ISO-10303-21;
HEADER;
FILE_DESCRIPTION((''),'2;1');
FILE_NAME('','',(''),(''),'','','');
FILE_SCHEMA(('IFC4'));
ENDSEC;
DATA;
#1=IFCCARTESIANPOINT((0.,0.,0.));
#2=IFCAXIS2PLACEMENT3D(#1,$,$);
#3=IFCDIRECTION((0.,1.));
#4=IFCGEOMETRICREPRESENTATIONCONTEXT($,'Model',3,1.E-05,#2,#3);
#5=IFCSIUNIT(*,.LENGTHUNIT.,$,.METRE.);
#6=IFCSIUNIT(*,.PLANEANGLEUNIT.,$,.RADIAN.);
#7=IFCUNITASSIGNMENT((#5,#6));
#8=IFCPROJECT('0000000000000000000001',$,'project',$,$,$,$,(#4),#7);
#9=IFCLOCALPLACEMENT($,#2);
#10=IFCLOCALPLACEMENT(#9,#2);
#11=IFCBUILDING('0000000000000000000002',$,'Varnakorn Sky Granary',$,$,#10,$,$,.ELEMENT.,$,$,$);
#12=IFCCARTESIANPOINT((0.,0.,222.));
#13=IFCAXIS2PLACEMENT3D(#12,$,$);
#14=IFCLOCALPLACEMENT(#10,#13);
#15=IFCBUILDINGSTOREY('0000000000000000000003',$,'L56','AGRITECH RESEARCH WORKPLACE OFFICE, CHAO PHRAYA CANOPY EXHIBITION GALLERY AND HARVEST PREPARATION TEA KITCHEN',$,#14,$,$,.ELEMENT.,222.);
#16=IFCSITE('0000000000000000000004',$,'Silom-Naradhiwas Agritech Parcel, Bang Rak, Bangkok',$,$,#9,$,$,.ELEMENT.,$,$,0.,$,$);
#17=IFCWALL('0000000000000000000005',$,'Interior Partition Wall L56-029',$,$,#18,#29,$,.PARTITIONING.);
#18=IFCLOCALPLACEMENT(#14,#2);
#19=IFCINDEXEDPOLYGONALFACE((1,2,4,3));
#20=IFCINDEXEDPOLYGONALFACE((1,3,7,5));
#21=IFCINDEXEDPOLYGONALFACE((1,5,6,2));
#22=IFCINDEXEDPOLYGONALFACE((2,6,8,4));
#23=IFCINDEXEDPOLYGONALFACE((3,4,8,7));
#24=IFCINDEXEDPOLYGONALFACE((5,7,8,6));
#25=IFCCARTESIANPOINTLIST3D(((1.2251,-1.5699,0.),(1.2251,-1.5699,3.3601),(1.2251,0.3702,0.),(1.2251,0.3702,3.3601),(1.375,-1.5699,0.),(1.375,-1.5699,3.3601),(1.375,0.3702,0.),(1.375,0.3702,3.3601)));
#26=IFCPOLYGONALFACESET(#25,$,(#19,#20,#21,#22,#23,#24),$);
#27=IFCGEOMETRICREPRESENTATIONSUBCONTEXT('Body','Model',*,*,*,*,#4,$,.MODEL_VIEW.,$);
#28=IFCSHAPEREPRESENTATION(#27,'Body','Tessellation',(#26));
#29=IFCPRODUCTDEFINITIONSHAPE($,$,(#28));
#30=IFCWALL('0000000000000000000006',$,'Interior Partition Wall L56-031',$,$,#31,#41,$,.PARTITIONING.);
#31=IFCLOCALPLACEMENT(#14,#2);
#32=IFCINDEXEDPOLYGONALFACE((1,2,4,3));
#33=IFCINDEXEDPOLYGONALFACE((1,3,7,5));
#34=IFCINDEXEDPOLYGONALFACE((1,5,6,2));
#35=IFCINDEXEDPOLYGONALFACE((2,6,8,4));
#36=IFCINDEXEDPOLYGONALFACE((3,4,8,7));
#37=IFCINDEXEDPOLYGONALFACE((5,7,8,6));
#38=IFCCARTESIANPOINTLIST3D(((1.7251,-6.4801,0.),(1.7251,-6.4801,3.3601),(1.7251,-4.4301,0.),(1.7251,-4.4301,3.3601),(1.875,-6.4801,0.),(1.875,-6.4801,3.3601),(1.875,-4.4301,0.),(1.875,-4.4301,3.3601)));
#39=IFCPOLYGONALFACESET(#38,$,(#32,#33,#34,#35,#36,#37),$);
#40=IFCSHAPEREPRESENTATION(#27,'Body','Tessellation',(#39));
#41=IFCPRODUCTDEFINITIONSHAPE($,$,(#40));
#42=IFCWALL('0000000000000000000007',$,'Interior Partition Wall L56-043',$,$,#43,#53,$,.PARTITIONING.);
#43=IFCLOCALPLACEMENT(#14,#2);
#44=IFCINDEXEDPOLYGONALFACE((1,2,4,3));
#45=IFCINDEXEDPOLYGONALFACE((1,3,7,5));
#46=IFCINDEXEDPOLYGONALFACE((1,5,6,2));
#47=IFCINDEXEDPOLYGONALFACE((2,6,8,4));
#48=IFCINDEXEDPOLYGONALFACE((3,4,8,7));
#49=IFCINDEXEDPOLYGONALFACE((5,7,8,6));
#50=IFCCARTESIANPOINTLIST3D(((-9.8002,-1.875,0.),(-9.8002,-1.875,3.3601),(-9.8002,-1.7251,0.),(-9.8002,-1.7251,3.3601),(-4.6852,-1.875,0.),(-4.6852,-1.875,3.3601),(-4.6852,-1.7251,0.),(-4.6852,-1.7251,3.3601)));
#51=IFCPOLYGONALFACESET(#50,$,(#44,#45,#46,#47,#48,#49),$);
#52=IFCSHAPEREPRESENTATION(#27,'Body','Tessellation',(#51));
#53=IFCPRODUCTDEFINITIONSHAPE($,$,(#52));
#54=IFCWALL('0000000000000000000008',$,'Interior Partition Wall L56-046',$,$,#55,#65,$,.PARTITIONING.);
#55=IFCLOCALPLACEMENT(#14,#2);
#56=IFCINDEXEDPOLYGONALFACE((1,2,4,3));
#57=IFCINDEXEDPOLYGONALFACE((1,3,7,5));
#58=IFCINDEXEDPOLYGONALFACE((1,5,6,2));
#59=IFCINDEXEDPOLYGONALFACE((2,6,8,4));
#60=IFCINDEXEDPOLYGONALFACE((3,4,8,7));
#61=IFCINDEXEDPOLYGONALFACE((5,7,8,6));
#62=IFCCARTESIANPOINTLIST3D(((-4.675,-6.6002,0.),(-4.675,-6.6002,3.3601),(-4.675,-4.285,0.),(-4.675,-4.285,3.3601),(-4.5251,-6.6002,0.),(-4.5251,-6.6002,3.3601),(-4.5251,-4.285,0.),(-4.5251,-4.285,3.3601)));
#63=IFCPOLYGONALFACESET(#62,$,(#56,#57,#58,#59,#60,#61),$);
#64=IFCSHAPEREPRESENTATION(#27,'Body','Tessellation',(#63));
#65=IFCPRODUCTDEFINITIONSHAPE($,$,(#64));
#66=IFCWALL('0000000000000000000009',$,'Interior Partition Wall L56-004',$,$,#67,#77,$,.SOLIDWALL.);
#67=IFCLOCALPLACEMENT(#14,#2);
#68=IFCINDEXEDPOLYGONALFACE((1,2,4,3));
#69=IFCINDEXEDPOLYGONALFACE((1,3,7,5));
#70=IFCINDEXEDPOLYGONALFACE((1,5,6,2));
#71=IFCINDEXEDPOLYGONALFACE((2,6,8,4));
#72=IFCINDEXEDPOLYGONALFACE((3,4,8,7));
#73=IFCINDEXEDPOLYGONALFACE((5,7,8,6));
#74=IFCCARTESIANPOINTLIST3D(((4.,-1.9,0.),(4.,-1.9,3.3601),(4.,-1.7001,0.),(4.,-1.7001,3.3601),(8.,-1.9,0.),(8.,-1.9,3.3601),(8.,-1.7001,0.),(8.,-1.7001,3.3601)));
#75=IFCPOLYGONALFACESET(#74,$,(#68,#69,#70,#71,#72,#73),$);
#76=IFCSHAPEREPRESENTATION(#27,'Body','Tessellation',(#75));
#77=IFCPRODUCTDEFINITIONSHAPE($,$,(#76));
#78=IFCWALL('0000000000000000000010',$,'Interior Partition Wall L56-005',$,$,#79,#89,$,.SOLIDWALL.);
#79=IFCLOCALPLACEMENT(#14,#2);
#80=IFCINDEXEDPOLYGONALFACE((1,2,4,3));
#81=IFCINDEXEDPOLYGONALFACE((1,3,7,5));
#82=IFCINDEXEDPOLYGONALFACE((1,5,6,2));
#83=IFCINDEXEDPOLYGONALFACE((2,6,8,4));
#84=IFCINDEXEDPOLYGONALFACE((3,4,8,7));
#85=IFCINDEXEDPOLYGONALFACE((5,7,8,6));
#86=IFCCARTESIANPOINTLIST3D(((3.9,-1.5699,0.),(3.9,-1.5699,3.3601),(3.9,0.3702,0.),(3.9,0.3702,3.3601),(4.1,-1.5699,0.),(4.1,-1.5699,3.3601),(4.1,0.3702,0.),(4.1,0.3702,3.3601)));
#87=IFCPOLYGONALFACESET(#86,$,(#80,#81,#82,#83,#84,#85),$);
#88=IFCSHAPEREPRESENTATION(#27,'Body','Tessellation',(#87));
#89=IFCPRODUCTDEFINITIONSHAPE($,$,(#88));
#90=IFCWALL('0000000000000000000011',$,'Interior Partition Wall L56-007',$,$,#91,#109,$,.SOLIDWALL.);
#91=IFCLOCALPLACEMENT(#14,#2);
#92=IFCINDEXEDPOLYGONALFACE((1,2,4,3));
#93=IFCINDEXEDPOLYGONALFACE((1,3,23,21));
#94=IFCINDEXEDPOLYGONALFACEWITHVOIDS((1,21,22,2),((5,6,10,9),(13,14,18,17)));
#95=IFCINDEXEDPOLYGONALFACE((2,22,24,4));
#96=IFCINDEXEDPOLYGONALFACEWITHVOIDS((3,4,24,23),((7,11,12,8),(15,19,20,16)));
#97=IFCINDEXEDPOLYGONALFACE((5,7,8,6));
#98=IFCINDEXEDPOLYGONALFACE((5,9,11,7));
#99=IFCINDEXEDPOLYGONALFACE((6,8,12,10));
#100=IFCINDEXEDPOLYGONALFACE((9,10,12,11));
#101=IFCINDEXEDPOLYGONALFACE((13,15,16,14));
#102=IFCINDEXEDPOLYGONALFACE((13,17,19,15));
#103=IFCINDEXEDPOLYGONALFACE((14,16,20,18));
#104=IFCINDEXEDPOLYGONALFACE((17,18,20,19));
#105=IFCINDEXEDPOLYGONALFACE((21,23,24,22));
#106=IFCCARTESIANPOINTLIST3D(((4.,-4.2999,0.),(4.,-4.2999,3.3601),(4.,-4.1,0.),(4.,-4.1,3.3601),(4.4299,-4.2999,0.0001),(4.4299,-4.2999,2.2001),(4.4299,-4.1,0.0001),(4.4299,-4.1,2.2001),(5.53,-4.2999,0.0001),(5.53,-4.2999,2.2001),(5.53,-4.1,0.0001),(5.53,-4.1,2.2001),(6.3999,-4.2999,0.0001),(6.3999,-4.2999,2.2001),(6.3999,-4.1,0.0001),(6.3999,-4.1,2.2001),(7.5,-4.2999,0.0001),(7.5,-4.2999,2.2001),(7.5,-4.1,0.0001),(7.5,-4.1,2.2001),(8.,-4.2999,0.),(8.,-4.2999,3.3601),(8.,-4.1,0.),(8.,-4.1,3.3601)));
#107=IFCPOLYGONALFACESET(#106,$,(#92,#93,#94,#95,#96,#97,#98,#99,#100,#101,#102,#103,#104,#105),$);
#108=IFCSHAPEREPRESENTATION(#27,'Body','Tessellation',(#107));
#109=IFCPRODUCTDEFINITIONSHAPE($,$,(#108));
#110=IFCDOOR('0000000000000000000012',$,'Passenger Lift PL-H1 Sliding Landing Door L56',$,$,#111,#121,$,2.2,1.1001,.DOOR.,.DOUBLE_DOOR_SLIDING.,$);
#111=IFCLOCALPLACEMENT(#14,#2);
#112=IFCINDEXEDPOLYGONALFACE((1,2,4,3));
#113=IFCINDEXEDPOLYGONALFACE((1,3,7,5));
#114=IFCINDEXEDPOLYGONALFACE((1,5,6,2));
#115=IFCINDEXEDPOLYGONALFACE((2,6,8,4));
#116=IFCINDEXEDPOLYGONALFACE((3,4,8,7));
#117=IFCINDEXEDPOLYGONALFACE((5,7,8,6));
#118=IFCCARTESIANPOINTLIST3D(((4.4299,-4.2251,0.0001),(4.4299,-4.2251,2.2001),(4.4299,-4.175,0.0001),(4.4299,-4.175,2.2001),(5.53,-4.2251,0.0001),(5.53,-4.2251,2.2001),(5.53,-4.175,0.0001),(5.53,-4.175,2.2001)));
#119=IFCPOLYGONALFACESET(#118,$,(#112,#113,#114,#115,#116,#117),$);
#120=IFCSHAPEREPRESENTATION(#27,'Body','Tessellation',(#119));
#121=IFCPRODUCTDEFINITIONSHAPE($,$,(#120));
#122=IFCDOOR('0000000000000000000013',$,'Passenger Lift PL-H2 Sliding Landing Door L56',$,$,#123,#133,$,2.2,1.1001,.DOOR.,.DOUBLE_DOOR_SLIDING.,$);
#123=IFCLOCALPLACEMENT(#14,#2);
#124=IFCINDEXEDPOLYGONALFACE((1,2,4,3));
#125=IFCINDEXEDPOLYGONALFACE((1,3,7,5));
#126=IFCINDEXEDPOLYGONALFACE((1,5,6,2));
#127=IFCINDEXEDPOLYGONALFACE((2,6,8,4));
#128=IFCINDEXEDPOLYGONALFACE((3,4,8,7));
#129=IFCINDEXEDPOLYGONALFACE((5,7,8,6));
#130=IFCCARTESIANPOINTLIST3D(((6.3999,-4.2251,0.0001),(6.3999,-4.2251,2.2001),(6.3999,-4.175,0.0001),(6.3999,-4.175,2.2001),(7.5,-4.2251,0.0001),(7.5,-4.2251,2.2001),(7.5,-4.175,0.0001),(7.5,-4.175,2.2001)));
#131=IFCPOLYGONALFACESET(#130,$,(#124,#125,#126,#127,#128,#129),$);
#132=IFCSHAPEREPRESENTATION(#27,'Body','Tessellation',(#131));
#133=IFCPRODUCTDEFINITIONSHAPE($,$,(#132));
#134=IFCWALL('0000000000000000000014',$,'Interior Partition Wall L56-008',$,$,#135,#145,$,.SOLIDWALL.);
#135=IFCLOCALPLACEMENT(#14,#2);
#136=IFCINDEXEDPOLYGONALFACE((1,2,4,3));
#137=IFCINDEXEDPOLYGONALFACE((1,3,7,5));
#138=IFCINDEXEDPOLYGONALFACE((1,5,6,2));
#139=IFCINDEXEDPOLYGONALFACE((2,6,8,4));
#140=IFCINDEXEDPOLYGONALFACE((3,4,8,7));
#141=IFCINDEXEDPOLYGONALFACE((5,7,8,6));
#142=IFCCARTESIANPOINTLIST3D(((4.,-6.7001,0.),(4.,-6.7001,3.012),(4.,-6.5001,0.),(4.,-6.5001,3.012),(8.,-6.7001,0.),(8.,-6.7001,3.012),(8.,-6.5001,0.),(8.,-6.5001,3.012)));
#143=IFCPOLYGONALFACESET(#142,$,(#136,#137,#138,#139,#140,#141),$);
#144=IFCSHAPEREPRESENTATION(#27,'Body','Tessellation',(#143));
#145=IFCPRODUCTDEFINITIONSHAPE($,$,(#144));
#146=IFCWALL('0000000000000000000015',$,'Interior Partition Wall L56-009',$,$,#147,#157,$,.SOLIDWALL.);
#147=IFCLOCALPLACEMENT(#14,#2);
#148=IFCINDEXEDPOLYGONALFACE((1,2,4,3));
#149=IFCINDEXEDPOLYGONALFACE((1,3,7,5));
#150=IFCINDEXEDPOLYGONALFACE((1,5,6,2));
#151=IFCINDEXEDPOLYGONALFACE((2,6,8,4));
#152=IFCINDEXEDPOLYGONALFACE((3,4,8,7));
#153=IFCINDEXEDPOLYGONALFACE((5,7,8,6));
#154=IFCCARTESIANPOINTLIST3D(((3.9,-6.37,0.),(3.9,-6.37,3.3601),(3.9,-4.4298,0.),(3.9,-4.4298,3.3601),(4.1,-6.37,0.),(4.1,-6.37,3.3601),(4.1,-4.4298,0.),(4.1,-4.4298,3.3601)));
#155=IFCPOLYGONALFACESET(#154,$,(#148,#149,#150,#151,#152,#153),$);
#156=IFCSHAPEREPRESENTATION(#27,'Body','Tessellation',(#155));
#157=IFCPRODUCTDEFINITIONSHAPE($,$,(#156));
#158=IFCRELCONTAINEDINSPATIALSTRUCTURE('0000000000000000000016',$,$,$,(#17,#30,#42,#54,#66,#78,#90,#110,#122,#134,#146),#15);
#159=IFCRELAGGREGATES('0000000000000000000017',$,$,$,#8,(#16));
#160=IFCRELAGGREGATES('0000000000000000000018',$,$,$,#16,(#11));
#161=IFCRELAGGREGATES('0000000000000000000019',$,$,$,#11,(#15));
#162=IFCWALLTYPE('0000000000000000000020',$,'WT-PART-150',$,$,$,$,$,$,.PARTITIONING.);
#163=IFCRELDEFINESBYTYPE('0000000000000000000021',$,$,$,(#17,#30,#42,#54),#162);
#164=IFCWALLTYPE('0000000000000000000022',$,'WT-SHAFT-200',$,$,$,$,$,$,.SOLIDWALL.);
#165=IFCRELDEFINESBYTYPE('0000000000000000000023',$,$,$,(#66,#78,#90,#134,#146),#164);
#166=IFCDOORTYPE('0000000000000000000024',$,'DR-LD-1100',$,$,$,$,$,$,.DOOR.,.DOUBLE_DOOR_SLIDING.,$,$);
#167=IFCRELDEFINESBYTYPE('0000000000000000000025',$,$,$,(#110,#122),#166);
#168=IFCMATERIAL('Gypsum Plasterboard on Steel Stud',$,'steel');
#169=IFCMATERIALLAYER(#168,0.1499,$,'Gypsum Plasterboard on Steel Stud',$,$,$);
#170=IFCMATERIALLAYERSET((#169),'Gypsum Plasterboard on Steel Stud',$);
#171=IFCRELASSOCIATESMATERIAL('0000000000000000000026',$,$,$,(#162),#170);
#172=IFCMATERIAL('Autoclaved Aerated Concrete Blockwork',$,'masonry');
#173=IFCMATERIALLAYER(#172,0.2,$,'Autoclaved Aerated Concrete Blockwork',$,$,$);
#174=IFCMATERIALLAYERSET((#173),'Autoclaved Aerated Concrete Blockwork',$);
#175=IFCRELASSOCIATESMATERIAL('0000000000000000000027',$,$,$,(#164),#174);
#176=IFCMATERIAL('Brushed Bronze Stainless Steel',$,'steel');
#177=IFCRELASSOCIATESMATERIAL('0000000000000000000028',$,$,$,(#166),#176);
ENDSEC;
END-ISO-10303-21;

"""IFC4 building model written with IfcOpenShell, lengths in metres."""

from ifc_helpers import new_model, si_unit, direction, frame, frame_2d, origin, place, context, subcontext, project, spatial, rectangle, extrude, material, layer, layer_set, type_object, element, fill, save


model = new_model("IFC4")

# Units and contexts
model_context = context("Model", 3, precision=1e-05, world=origin(), true_north=direction((0.0, 1.0)))
body_context = subcontext(model_context, "Body", "Model", "MODEL_VIEW")
ifc_project = project(units=[si_unit("LENGTHUNIT", "METRE"), si_unit("PLANEANGLEUNIT", "RADIAN")], contexts=[model_context])

# Site, building, storey
site_placement = place(None, origin())
site = spatial("IfcSite", under=ifc_project, at=site_placement, Name="Silom-Naradhiwas Agritech Parcel, Bang Rak, Bangkok", CompositionType="ELEMENT", RefElevation=0.0)
building_placement = place(site_placement, origin())
building = spatial("IfcBuilding", under=site, at=building_placement, Name="Varnakorn Sky Granary", CompositionType="ELEMENT")
storey_placement = place(building_placement, frame((0.0, 0.0, 222.0)))
storey = spatial("IfcBuildingStorey", under=building, at=storey_placement, Name="L56", Description="AGRITECH RESEARCH WORKPLACE OFFICE, CHAO PHRAYA CANOPY EXHIBITION GALLERY AND HARVEST PREPARATION TEA KITCHEN", CompositionType="ELEMENT", Elevation=222.0)

# Shared definitions
ifc_material_1 = material(Name="Autoclaved Aerated Concrete Blockwork", Category="masonry")

# Walls
ifc_material_2 = material(Name="Gypsum Plasterboard on Steel Stud", Category="steel")
ifc_layer_1 = layer(ifc_material_2, 0.1499, Name="Gypsum Plasterboard on Steel Stud")
ifc_layer_set_1 = layer_set([ifc_layer_1], Name="Gypsum Plasterboard on Steel Stud")
wall_type_1 = type_object("IfcWallType", Name="WT-PART-150", PredefinedType="PARTITIONING", material=ifc_layer_set_1)
wall_1_placement = place(storey_placement, frame((1.3, -1.5701, 0.0), z_axis=(0.0, 0.0, 1.0), x_axis=(0.0, 1.0, 0.0)))
element("IfcWall", 1, at=wall_1_placement, inside=storey, type_object=wall_type_1, Name="Interior Partition Wall L56-029", PredefinedType="PARTITIONING", context=body_context, shape_type="SweptSolid", body=[
    extrude(rectangle(XDim=1.9402, YDim=0.1499, at=frame_2d((0.9702, 0.0))), origin(), (0.0, 0.0, 1.0), 3.3601),
])
wall_2_placement = place(storey_placement, frame((1.8, -6.48, 0.0), z_axis=(0.0, 0.0, 1.0), x_axis=(0.0, 1.0, 0.0)))
element("IfcWall", 2, at=wall_2_placement, inside=storey, type_object=wall_type_1, Name="Interior Partition Wall L56-031", PredefinedType="PARTITIONING", context=body_context, shape_type="SweptSolid", body=[
    extrude(rectangle(XDim=2.05, YDim=0.1499, at=frame_2d((1.0249, 0.0))), origin(), (0.0, 0.0, 1.0), 3.3601),
])
wall_3_placement = place(storey_placement, frame((-4.6851, -1.8, 0.0), z_axis=(0.0, 0.0, 1.0), x_axis=(-1.0, 0.0, 0.0)))
element("IfcWall", 3, at=wall_3_placement, inside=storey, type_object=wall_type_1, Name="Interior Partition Wall L56-043", PredefinedType="PARTITIONING", context=body_context, shape_type="SweptSolid", body=[
    extrude(rectangle(XDim=5.115, YDim=0.1499, at=frame_2d((2.5576, 0.0))), origin(), (0.0, 0.0, 1.0), 3.3601),
])
wall_4_placement = place(storey_placement, frame((-4.6001, -4.2849, 0.0), z_axis=(0.0, 0.0, 1.0), x_axis=(0.0, -1.0, 0.0)))
element("IfcWall", 4, at=wall_4_placement, inside=storey, type_object=wall_type_1, Name="Interior Partition Wall L56-046", PredefinedType="PARTITIONING", context=body_context, shape_type="SweptSolid", body=[
    extrude(rectangle(XDim=2.3152, YDim=0.1499, at=frame_2d((1.1577, 0.0))), origin(), (0.0, 0.0, 1.0), 3.3601),
])
ifc_layer_2 = layer(ifc_material_1, 0.2, Name="Autoclaved Aerated Concrete Blockwork")
ifc_layer_set_2 = layer_set([ifc_layer_2], Name="Autoclaved Aerated Concrete Blockwork")
wall_type_2 = type_object("IfcWallType", Name="WT-SHAFT-200", PredefinedType="SOLIDWALL", material=ifc_layer_set_2)
wall_5_placement = place(storey_placement, frame((4.0, -1.8, 0.0), z_axis=(0.0, 0.0, 1.0), x_axis=(1.0, 0.0, 0.0)))
element("IfcWall", 5, at=wall_5_placement, inside=storey, type_object=wall_type_2, Name="Interior Partition Wall L56-004", PredefinedType="SOLIDWALL", context=body_context, shape_type="SweptSolid", body=[
    extrude(rectangle(XDim=4.0, YDim=0.2, at=frame_2d((2.0, 0.0))), origin(), (0.0, 0.0, 1.0), 3.3601),
])
wall_6_placement = place(storey_placement, frame((4.0, -1.5701, 0.0), z_axis=(0.0, 0.0, 1.0), x_axis=(0.0, 1.0, 0.0)))
element("IfcWall", 6, at=wall_6_placement, inside=storey, type_object=wall_type_2, Name="Interior Partition Wall L56-005", PredefinedType="SOLIDWALL", context=body_context, shape_type="SweptSolid", body=[
    extrude(rectangle(XDim=1.9402, YDim=0.2, at=frame_2d((0.9702, 0.0))), origin(), (0.0, 0.0, 1.0), 3.3601),
])

# Wall, openings, doors
wall_7_placement = place(storey_placement, frame((4.0, -4.2, 0.0), z_axis=(0.0, 0.0, 1.0), x_axis=(1.0, 0.0, 0.0)))
wall_7 = element("IfcWall", 7, at=wall_7_placement, inside=storey, type_object=wall_type_2, Name="Interior Partition Wall L56-007", PredefinedType="SOLIDWALL", context=body_context, shape_type="SweptSolid", body=[
    extrude(rectangle(XDim=4.0, YDim=0.2, at=frame_2d((2.0, 0.0))), origin(), (0.0, 0.0, 1.0), 3.3601),
])
opening_1_placement = place(wall_7_placement, frame((0.4299, 0.0, 0.0)))
opening_1 = element("IfcOpeningElement", 8, at=opening_1_placement, cuts=wall_7, PredefinedType="OPENING", context=body_context, shape_type="SweptSolid", body=[
    extrude(rectangle(XDim=1.1001, YDim=2.2, at=frame_2d((0.55, 1.1001))), frame((0.0, 0.1099, 0.0), z_axis=(0.0, -1.0, 0.0), x_axis=(1.0, 0.0, 0.0)), (0.0, 0.0, 1.0), 0.22),
])
opening_2_placement = place(wall_7_placement, frame((2.3999, 0.0, 0.0)))
opening_2 = element("IfcOpeningElement", 9, at=opening_2_placement, cuts=wall_7, PredefinedType="OPENING", context=body_context, shape_type="SweptSolid", body=[
    extrude(rectangle(XDim=1.1001, YDim=2.2, at=frame_2d((0.55, 1.1001))), frame((0.0, 0.1099, 0.0), z_axis=(0.0, -1.0, 0.0), x_axis=(1.0, 0.0, 0.0)), (0.0, 0.0, 1.0), 0.22),
])
ifc_material_3 = material(Name="Brushed Bronze Stainless Steel", Category="steel")
door_type_1 = type_object("IfcDoorType", Name="DR-LD-1100", OperationType="DOUBLE_DOOR_SLIDING", PredefinedType="DOOR", material=ifc_material_3)
door_1_placement = place(opening_1_placement, origin())
door_1 = element("IfcDoor", 10, at=door_1_placement, inside=storey, type_object=door_type_1, Name="Passenger Lift PL-H1 Sliding Landing Door L56", OperationType="DOUBLE_DOOR_SLIDING", OverallHeight=2.2, OverallWidth=1.1001, PredefinedType="DOOR", context=body_context, shape_type="SweptSolid", body=[
    extrude(rectangle(XDim=1.1001, YDim=2.2, at=frame_2d((0.55, 1.1001))), frame((0.0, 0.0249, 0.0), z_axis=(0.0, -1.0, 0.0), x_axis=(1.0, 0.0, 0.0)), (0.0, 0.0, 1.0), 0.05),
])
fill(opening_1, door_1)
door_2_placement = place(opening_2_placement, origin())
door_2 = element("IfcDoor", 11, at=door_2_placement, inside=storey, type_object=door_type_1, Name="Passenger Lift PL-H2 Sliding Landing Door L56", OperationType="DOUBLE_DOOR_SLIDING", OverallHeight=2.2, OverallWidth=1.1001, PredefinedType="DOOR", context=body_context, shape_type="SweptSolid", body=[
    extrude(rectangle(XDim=1.1001, YDim=2.2, at=frame_2d((0.55, 1.1001))), frame((0.0, 0.0249, 0.0), z_axis=(0.0, -1.0, 0.0), x_axis=(1.0, 0.0, 0.0)), (0.0, 0.0, 1.0), 0.05),
])
fill(opening_2, door_2)

# Walls
wall_8_placement = place(storey_placement, frame((4.0, -6.6001, 0.0), z_axis=(0.0, 0.0, 1.0), x_axis=(1.0, 0.0, 0.0)))
element("IfcWall", 12, at=wall_8_placement, inside=storey, type_object=wall_type_2, Name="Interior Partition Wall L56-008", PredefinedType="SOLIDWALL", context=body_context, shape_type="SweptSolid", body=[
    extrude(rectangle(XDim=4.0, YDim=0.2, at=frame_2d((2.0, 0.0))), origin(), (0.0, 0.0, 1.0), 3.012),
])
wall_9_placement = place(storey_placement, frame((4.0, -6.3701, 0.0), z_axis=(0.0, 0.0, 1.0), x_axis=(0.0, 1.0, 0.0)))
element("IfcWall", 13, at=wall_9_placement, inside=storey, type_object=wall_type_2, Name="Interior Partition Wall L56-009", PredefinedType="SOLIDWALL", context=body_context, shape_type="SweptSolid", body=[
    extrude(rectangle(XDim=1.9402, YDim=0.2, at=frame_2d((0.9702, 0.0))), origin(), (0.0, 0.0, 1.0), 3.3601),
])

save(model, "model.ifc")
